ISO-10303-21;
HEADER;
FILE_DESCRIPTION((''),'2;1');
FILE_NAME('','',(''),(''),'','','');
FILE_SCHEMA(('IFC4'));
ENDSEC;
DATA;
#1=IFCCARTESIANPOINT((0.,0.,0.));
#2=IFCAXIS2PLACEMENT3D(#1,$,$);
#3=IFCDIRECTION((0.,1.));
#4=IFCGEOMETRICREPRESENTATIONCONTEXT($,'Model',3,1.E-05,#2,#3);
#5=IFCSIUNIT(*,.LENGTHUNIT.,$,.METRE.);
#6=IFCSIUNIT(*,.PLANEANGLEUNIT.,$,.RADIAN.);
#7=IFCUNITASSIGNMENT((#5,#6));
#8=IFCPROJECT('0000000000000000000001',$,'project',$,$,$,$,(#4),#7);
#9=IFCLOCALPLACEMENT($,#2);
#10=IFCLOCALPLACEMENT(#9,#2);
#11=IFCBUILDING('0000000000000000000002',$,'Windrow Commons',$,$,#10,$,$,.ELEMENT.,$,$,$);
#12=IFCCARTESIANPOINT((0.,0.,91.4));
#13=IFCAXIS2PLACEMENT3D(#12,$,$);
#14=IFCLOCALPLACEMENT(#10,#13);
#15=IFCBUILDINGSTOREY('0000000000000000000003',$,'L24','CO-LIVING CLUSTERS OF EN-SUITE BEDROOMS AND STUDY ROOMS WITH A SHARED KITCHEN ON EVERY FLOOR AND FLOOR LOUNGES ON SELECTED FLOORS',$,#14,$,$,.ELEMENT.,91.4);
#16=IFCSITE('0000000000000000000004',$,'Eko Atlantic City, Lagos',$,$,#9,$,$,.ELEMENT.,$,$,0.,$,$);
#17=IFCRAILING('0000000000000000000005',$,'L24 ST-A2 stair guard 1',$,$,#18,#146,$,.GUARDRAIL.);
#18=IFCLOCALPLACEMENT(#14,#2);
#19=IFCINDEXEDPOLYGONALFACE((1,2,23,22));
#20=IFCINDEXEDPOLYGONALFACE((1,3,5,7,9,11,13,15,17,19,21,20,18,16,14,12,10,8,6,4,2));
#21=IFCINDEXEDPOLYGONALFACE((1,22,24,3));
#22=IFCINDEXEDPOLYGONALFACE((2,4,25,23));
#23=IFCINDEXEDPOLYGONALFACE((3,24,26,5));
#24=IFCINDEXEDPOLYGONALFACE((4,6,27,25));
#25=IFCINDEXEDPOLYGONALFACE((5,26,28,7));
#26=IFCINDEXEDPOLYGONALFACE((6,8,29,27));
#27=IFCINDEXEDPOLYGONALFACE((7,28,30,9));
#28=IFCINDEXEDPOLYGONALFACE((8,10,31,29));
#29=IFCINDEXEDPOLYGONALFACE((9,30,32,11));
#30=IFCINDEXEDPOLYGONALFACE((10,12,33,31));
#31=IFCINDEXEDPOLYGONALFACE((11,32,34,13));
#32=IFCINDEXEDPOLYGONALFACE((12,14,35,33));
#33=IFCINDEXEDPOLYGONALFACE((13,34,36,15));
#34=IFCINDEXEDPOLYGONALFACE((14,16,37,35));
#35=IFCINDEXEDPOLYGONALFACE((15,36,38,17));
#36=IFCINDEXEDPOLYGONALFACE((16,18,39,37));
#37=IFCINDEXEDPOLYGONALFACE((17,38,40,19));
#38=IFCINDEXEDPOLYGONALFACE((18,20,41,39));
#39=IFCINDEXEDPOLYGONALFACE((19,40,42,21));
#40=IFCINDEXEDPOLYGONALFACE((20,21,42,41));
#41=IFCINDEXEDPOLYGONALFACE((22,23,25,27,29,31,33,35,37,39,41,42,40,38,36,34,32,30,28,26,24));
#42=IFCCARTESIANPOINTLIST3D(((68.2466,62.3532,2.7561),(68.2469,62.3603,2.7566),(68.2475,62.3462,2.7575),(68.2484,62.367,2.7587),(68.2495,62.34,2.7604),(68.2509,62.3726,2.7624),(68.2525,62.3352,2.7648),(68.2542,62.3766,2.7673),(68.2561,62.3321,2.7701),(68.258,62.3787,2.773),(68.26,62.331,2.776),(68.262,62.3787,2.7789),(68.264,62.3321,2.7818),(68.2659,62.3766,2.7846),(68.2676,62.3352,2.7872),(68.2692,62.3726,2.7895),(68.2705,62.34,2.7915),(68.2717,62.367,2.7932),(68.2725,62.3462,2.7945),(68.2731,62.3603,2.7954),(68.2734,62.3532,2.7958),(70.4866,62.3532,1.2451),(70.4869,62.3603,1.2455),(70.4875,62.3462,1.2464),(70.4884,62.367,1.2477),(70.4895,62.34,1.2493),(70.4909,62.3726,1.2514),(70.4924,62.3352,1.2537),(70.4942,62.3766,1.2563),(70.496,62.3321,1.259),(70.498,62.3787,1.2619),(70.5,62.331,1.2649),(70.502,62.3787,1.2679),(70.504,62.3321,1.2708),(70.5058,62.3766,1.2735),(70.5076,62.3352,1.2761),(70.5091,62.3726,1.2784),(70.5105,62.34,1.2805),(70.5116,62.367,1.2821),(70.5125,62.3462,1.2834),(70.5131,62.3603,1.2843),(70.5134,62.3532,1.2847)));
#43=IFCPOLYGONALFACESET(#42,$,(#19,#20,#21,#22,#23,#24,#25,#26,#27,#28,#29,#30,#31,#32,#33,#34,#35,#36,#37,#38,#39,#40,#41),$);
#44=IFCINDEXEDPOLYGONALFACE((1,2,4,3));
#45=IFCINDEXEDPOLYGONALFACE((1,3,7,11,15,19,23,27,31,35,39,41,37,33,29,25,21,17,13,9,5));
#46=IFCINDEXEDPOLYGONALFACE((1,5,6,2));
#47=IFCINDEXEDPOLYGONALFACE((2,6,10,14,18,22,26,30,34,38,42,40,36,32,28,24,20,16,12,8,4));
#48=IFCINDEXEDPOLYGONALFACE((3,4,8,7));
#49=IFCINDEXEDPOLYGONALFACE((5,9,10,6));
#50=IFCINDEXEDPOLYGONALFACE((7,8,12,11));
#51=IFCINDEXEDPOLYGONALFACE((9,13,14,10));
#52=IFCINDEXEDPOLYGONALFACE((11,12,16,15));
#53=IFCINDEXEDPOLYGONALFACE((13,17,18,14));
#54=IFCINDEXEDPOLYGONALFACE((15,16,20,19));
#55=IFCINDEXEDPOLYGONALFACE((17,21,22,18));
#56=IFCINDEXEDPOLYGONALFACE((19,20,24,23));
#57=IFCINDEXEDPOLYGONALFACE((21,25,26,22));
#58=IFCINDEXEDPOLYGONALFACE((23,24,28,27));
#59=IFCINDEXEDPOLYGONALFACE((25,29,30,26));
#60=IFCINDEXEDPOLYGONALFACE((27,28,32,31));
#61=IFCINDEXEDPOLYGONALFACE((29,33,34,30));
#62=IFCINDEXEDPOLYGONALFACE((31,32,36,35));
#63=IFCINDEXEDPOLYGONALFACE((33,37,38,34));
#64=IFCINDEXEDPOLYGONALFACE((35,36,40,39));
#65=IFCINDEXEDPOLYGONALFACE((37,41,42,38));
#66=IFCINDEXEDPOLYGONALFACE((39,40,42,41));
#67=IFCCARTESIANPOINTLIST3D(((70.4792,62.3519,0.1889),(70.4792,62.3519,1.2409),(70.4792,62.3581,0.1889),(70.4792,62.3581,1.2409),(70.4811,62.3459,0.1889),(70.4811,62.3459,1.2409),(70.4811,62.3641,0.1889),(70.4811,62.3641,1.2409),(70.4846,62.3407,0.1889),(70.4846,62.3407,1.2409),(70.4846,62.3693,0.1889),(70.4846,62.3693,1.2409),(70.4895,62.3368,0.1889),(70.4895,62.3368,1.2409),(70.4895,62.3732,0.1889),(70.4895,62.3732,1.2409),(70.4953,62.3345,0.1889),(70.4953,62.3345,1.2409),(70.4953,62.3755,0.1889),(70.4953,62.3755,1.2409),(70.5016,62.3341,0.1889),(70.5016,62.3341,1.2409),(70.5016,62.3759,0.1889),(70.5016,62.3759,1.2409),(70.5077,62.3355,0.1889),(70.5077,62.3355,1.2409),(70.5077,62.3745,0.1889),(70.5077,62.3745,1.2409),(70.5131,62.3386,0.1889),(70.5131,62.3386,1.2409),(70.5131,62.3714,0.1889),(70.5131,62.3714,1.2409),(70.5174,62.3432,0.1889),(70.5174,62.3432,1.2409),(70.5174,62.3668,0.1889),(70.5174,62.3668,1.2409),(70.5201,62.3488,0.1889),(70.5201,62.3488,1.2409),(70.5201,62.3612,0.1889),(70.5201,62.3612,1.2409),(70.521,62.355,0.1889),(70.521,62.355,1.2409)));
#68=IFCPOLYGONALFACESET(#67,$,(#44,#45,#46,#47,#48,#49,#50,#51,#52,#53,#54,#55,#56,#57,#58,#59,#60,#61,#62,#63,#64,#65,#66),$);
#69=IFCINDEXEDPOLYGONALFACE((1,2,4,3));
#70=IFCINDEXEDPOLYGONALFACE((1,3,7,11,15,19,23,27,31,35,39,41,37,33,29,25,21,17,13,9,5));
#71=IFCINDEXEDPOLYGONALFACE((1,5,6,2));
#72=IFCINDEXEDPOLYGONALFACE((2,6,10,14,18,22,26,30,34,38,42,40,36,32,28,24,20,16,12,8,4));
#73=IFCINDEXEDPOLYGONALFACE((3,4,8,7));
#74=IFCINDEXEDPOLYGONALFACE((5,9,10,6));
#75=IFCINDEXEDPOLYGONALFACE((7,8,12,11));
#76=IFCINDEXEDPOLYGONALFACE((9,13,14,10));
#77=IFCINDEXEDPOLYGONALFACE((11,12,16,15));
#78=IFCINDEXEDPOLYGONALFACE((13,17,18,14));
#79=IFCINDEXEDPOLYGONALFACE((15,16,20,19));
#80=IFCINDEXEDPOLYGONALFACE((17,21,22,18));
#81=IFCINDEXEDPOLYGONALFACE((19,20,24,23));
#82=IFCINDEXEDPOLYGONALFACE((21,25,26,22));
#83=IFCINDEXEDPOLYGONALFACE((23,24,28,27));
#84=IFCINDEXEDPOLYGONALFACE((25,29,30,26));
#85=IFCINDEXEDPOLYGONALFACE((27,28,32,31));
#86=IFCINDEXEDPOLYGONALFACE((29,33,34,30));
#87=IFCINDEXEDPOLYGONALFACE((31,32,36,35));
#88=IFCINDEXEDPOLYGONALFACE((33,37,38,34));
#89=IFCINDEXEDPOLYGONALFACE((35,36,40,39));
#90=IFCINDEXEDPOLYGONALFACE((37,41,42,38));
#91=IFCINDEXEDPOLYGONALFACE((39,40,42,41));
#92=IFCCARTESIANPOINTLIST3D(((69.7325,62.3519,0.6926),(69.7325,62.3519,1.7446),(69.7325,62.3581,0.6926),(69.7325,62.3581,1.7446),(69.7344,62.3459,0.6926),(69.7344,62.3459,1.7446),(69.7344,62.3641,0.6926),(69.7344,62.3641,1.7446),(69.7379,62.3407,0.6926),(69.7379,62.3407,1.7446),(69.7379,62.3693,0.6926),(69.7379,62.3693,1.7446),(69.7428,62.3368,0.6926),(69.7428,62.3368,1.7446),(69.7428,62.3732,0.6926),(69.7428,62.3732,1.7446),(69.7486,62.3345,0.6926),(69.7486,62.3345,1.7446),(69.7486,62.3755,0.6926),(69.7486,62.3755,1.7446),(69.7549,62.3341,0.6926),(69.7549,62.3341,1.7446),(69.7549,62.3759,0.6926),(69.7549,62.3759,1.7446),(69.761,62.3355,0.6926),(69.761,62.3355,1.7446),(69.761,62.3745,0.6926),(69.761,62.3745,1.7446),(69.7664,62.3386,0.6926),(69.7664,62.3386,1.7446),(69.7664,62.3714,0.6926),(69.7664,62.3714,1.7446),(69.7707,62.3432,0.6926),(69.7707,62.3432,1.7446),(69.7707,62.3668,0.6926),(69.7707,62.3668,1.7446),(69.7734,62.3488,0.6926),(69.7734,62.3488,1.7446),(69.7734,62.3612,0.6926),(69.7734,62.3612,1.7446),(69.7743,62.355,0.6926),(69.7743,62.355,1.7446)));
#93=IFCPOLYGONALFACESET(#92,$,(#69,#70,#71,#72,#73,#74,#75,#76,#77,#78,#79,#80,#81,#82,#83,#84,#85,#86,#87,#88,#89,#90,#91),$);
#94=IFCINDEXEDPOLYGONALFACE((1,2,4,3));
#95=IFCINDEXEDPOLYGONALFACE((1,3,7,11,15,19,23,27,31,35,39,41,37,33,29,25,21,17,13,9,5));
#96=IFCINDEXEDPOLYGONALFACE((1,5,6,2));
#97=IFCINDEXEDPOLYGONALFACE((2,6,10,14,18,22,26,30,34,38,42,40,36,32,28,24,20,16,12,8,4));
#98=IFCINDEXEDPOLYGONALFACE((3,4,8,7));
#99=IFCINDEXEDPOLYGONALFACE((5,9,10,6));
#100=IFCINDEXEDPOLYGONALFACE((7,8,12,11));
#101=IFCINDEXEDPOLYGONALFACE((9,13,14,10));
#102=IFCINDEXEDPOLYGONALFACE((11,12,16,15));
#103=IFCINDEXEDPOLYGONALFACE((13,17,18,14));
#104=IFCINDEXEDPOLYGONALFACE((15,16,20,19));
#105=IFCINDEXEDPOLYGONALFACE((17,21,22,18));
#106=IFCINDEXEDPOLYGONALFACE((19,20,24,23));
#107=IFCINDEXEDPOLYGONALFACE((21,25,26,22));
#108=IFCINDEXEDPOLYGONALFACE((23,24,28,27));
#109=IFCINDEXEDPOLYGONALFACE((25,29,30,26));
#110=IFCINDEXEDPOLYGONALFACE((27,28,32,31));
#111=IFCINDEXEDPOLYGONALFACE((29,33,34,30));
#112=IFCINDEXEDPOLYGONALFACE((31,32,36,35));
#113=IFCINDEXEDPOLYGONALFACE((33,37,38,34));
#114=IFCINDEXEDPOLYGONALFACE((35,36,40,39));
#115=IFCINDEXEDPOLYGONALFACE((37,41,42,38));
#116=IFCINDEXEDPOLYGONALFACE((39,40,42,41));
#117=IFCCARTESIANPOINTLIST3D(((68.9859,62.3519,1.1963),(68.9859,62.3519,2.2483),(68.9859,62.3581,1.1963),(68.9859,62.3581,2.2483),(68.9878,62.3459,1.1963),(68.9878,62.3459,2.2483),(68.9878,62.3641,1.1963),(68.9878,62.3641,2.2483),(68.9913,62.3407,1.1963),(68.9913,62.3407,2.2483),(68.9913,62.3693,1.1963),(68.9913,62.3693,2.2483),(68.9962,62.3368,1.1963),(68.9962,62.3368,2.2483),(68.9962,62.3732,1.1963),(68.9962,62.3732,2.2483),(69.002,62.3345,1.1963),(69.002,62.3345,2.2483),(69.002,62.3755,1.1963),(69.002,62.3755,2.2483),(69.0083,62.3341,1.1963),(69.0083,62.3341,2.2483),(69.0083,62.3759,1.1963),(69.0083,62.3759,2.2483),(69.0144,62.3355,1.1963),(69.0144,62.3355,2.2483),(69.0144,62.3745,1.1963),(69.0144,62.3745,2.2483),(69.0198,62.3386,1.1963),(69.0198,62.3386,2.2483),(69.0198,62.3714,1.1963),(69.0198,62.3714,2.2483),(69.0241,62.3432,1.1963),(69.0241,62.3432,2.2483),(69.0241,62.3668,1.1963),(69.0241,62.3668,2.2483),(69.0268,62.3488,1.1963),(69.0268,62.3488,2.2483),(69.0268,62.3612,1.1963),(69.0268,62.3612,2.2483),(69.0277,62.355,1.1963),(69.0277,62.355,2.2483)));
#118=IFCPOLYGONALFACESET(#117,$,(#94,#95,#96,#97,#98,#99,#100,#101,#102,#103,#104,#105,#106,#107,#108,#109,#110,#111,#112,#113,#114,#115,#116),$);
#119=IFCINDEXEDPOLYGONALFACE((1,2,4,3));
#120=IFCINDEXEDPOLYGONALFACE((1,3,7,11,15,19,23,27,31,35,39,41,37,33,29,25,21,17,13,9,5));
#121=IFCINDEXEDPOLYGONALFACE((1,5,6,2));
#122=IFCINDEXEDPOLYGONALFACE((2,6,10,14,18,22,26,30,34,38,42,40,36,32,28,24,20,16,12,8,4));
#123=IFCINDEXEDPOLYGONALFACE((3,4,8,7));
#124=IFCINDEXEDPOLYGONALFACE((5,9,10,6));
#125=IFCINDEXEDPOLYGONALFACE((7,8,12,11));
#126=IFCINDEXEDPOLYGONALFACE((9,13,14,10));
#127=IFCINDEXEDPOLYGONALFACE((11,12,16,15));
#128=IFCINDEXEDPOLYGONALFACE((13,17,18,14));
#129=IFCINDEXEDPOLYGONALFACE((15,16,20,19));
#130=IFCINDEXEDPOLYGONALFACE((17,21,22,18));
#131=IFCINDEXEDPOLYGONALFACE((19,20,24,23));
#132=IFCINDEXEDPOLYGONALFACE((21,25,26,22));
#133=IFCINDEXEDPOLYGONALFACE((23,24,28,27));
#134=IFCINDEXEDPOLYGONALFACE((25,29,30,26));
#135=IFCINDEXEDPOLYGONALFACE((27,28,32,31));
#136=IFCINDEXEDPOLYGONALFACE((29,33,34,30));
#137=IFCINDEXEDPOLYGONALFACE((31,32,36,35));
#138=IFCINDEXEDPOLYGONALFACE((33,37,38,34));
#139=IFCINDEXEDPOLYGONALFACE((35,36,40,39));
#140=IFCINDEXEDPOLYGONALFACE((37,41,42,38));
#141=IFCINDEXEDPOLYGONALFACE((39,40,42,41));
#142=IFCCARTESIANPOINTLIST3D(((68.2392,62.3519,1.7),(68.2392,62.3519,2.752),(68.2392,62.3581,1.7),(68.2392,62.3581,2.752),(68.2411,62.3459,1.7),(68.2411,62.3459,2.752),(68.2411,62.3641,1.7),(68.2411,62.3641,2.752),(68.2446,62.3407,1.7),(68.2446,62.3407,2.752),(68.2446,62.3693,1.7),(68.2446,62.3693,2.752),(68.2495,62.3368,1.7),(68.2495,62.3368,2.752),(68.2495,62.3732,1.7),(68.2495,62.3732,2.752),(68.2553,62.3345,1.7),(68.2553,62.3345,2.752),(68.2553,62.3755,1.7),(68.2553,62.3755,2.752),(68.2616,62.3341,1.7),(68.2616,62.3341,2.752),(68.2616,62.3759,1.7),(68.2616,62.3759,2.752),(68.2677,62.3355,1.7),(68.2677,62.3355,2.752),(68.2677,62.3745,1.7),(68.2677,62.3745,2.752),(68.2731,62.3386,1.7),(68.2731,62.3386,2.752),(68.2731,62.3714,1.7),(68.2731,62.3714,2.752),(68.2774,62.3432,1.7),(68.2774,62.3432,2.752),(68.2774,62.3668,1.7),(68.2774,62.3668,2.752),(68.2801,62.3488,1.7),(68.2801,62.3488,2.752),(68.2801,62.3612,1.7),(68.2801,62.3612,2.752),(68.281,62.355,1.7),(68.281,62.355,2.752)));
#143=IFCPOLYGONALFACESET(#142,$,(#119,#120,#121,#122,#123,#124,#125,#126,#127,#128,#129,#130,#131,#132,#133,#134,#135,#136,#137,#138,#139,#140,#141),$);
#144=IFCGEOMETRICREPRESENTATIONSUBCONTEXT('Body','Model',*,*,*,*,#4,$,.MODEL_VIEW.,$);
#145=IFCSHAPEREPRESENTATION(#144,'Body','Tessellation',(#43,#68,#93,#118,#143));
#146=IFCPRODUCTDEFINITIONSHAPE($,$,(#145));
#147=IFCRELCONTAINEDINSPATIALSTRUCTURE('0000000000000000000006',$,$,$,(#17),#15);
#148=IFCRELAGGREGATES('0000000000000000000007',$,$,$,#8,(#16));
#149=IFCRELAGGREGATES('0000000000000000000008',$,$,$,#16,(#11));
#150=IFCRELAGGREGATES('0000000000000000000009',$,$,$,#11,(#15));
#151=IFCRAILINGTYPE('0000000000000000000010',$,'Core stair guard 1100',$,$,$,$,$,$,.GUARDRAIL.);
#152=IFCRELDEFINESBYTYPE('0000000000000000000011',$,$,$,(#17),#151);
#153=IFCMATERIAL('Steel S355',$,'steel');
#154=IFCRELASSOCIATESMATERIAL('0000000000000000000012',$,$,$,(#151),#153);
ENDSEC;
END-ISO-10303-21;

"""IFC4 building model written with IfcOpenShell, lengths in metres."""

from ifc_helpers import new_model, si_unit, direction, frame, origin, origin_2d, place, context, subcontext, project, spatial, circle, extrude, material, type_object, element, save


model = new_model("IFC4")

# Units and contexts
model_context = context("Model", 3, precision=1e-05, world=origin(), true_north=direction((0.0, 1.0)))
body_context = subcontext(model_context, "Body", "Model", "MODEL_VIEW")
ifc_project = project(units=[si_unit("LENGTHUNIT", "METRE"), si_unit("PLANEANGLEUNIT", "RADIAN")], contexts=[model_context])

# Site, building, storey
site_placement = place(None, origin())
site = spatial("IfcSite", under=ifc_project, at=site_placement, Name="Eko Atlantic City, Lagos", CompositionType="ELEMENT", RefElevation=0.0)
building_placement = place(site_placement, origin())
building = spatial("IfcBuilding", under=site, at=building_placement, Name="Windrow Commons", CompositionType="ELEMENT")
storey_placement = place(building_placement, frame((0.0, 0.0, 91.4)))
storey = spatial("IfcBuildingStorey", under=building, at=storey_placement, Name="L24", Description="CO-LIVING CLUSTERS OF EN-SUITE BEDROOMS AND STUDY ROOMS WITH A SHARED KITCHEN ON EVERY FLOOR AND FLOOR LOUNGES ON SELECTED FLOORS", CompositionType="ELEMENT", Elevation=91.4)

# Railing
ifc_material_1 = material(Name="Steel S355", Category="steel")
railing_type_1 = type_object("IfcRailingType", Name="Core stair guard 1100", PredefinedType="GUARDRAIL", material=ifc_material_1)
railing_1_placement = place(storey_placement, frame((70.5, 62.355, 0.1889)))
element("IfcRailing", 1, at=railing_1_placement, inside=storey, type_object=railing_type_1, Name="L24 ST-A2 stair guard 1", PredefinedType="GUARDRAIL", context=body_context, shape_type="SweptSolid", body=[
    extrude(circle(Radius=0.024, at=origin_2d()), frame((0.0, 0.0, 1.076), z_axis=(-0.829003, 0.0, 0.559244), x_axis=(0.0, -1.0, 0.0)), (0.0, 0.0, 1.0), 2.702),
    extrude(circle(Radius=0.021, at=origin_2d()), origin(), (0.0, 0.0, 1.0), 1.052),
    extrude(circle(Radius=0.021, at=origin_2d()), frame((-0.7467, 0.0, 0.5037)), (0.0, 0.0, 1.0), 1.052),
    extrude(circle(Radius=0.021, at=origin_2d()), frame((-1.4933, 0.0, 1.0074)), (0.0, 0.0, 1.0), 1.052),
    extrude(circle(Radius=0.021, at=origin_2d()), frame((-2.24, 0.0, 1.5111)), (0.0, 0.0, 1.0), 1.052),
])

save(model, "model.ifc")
